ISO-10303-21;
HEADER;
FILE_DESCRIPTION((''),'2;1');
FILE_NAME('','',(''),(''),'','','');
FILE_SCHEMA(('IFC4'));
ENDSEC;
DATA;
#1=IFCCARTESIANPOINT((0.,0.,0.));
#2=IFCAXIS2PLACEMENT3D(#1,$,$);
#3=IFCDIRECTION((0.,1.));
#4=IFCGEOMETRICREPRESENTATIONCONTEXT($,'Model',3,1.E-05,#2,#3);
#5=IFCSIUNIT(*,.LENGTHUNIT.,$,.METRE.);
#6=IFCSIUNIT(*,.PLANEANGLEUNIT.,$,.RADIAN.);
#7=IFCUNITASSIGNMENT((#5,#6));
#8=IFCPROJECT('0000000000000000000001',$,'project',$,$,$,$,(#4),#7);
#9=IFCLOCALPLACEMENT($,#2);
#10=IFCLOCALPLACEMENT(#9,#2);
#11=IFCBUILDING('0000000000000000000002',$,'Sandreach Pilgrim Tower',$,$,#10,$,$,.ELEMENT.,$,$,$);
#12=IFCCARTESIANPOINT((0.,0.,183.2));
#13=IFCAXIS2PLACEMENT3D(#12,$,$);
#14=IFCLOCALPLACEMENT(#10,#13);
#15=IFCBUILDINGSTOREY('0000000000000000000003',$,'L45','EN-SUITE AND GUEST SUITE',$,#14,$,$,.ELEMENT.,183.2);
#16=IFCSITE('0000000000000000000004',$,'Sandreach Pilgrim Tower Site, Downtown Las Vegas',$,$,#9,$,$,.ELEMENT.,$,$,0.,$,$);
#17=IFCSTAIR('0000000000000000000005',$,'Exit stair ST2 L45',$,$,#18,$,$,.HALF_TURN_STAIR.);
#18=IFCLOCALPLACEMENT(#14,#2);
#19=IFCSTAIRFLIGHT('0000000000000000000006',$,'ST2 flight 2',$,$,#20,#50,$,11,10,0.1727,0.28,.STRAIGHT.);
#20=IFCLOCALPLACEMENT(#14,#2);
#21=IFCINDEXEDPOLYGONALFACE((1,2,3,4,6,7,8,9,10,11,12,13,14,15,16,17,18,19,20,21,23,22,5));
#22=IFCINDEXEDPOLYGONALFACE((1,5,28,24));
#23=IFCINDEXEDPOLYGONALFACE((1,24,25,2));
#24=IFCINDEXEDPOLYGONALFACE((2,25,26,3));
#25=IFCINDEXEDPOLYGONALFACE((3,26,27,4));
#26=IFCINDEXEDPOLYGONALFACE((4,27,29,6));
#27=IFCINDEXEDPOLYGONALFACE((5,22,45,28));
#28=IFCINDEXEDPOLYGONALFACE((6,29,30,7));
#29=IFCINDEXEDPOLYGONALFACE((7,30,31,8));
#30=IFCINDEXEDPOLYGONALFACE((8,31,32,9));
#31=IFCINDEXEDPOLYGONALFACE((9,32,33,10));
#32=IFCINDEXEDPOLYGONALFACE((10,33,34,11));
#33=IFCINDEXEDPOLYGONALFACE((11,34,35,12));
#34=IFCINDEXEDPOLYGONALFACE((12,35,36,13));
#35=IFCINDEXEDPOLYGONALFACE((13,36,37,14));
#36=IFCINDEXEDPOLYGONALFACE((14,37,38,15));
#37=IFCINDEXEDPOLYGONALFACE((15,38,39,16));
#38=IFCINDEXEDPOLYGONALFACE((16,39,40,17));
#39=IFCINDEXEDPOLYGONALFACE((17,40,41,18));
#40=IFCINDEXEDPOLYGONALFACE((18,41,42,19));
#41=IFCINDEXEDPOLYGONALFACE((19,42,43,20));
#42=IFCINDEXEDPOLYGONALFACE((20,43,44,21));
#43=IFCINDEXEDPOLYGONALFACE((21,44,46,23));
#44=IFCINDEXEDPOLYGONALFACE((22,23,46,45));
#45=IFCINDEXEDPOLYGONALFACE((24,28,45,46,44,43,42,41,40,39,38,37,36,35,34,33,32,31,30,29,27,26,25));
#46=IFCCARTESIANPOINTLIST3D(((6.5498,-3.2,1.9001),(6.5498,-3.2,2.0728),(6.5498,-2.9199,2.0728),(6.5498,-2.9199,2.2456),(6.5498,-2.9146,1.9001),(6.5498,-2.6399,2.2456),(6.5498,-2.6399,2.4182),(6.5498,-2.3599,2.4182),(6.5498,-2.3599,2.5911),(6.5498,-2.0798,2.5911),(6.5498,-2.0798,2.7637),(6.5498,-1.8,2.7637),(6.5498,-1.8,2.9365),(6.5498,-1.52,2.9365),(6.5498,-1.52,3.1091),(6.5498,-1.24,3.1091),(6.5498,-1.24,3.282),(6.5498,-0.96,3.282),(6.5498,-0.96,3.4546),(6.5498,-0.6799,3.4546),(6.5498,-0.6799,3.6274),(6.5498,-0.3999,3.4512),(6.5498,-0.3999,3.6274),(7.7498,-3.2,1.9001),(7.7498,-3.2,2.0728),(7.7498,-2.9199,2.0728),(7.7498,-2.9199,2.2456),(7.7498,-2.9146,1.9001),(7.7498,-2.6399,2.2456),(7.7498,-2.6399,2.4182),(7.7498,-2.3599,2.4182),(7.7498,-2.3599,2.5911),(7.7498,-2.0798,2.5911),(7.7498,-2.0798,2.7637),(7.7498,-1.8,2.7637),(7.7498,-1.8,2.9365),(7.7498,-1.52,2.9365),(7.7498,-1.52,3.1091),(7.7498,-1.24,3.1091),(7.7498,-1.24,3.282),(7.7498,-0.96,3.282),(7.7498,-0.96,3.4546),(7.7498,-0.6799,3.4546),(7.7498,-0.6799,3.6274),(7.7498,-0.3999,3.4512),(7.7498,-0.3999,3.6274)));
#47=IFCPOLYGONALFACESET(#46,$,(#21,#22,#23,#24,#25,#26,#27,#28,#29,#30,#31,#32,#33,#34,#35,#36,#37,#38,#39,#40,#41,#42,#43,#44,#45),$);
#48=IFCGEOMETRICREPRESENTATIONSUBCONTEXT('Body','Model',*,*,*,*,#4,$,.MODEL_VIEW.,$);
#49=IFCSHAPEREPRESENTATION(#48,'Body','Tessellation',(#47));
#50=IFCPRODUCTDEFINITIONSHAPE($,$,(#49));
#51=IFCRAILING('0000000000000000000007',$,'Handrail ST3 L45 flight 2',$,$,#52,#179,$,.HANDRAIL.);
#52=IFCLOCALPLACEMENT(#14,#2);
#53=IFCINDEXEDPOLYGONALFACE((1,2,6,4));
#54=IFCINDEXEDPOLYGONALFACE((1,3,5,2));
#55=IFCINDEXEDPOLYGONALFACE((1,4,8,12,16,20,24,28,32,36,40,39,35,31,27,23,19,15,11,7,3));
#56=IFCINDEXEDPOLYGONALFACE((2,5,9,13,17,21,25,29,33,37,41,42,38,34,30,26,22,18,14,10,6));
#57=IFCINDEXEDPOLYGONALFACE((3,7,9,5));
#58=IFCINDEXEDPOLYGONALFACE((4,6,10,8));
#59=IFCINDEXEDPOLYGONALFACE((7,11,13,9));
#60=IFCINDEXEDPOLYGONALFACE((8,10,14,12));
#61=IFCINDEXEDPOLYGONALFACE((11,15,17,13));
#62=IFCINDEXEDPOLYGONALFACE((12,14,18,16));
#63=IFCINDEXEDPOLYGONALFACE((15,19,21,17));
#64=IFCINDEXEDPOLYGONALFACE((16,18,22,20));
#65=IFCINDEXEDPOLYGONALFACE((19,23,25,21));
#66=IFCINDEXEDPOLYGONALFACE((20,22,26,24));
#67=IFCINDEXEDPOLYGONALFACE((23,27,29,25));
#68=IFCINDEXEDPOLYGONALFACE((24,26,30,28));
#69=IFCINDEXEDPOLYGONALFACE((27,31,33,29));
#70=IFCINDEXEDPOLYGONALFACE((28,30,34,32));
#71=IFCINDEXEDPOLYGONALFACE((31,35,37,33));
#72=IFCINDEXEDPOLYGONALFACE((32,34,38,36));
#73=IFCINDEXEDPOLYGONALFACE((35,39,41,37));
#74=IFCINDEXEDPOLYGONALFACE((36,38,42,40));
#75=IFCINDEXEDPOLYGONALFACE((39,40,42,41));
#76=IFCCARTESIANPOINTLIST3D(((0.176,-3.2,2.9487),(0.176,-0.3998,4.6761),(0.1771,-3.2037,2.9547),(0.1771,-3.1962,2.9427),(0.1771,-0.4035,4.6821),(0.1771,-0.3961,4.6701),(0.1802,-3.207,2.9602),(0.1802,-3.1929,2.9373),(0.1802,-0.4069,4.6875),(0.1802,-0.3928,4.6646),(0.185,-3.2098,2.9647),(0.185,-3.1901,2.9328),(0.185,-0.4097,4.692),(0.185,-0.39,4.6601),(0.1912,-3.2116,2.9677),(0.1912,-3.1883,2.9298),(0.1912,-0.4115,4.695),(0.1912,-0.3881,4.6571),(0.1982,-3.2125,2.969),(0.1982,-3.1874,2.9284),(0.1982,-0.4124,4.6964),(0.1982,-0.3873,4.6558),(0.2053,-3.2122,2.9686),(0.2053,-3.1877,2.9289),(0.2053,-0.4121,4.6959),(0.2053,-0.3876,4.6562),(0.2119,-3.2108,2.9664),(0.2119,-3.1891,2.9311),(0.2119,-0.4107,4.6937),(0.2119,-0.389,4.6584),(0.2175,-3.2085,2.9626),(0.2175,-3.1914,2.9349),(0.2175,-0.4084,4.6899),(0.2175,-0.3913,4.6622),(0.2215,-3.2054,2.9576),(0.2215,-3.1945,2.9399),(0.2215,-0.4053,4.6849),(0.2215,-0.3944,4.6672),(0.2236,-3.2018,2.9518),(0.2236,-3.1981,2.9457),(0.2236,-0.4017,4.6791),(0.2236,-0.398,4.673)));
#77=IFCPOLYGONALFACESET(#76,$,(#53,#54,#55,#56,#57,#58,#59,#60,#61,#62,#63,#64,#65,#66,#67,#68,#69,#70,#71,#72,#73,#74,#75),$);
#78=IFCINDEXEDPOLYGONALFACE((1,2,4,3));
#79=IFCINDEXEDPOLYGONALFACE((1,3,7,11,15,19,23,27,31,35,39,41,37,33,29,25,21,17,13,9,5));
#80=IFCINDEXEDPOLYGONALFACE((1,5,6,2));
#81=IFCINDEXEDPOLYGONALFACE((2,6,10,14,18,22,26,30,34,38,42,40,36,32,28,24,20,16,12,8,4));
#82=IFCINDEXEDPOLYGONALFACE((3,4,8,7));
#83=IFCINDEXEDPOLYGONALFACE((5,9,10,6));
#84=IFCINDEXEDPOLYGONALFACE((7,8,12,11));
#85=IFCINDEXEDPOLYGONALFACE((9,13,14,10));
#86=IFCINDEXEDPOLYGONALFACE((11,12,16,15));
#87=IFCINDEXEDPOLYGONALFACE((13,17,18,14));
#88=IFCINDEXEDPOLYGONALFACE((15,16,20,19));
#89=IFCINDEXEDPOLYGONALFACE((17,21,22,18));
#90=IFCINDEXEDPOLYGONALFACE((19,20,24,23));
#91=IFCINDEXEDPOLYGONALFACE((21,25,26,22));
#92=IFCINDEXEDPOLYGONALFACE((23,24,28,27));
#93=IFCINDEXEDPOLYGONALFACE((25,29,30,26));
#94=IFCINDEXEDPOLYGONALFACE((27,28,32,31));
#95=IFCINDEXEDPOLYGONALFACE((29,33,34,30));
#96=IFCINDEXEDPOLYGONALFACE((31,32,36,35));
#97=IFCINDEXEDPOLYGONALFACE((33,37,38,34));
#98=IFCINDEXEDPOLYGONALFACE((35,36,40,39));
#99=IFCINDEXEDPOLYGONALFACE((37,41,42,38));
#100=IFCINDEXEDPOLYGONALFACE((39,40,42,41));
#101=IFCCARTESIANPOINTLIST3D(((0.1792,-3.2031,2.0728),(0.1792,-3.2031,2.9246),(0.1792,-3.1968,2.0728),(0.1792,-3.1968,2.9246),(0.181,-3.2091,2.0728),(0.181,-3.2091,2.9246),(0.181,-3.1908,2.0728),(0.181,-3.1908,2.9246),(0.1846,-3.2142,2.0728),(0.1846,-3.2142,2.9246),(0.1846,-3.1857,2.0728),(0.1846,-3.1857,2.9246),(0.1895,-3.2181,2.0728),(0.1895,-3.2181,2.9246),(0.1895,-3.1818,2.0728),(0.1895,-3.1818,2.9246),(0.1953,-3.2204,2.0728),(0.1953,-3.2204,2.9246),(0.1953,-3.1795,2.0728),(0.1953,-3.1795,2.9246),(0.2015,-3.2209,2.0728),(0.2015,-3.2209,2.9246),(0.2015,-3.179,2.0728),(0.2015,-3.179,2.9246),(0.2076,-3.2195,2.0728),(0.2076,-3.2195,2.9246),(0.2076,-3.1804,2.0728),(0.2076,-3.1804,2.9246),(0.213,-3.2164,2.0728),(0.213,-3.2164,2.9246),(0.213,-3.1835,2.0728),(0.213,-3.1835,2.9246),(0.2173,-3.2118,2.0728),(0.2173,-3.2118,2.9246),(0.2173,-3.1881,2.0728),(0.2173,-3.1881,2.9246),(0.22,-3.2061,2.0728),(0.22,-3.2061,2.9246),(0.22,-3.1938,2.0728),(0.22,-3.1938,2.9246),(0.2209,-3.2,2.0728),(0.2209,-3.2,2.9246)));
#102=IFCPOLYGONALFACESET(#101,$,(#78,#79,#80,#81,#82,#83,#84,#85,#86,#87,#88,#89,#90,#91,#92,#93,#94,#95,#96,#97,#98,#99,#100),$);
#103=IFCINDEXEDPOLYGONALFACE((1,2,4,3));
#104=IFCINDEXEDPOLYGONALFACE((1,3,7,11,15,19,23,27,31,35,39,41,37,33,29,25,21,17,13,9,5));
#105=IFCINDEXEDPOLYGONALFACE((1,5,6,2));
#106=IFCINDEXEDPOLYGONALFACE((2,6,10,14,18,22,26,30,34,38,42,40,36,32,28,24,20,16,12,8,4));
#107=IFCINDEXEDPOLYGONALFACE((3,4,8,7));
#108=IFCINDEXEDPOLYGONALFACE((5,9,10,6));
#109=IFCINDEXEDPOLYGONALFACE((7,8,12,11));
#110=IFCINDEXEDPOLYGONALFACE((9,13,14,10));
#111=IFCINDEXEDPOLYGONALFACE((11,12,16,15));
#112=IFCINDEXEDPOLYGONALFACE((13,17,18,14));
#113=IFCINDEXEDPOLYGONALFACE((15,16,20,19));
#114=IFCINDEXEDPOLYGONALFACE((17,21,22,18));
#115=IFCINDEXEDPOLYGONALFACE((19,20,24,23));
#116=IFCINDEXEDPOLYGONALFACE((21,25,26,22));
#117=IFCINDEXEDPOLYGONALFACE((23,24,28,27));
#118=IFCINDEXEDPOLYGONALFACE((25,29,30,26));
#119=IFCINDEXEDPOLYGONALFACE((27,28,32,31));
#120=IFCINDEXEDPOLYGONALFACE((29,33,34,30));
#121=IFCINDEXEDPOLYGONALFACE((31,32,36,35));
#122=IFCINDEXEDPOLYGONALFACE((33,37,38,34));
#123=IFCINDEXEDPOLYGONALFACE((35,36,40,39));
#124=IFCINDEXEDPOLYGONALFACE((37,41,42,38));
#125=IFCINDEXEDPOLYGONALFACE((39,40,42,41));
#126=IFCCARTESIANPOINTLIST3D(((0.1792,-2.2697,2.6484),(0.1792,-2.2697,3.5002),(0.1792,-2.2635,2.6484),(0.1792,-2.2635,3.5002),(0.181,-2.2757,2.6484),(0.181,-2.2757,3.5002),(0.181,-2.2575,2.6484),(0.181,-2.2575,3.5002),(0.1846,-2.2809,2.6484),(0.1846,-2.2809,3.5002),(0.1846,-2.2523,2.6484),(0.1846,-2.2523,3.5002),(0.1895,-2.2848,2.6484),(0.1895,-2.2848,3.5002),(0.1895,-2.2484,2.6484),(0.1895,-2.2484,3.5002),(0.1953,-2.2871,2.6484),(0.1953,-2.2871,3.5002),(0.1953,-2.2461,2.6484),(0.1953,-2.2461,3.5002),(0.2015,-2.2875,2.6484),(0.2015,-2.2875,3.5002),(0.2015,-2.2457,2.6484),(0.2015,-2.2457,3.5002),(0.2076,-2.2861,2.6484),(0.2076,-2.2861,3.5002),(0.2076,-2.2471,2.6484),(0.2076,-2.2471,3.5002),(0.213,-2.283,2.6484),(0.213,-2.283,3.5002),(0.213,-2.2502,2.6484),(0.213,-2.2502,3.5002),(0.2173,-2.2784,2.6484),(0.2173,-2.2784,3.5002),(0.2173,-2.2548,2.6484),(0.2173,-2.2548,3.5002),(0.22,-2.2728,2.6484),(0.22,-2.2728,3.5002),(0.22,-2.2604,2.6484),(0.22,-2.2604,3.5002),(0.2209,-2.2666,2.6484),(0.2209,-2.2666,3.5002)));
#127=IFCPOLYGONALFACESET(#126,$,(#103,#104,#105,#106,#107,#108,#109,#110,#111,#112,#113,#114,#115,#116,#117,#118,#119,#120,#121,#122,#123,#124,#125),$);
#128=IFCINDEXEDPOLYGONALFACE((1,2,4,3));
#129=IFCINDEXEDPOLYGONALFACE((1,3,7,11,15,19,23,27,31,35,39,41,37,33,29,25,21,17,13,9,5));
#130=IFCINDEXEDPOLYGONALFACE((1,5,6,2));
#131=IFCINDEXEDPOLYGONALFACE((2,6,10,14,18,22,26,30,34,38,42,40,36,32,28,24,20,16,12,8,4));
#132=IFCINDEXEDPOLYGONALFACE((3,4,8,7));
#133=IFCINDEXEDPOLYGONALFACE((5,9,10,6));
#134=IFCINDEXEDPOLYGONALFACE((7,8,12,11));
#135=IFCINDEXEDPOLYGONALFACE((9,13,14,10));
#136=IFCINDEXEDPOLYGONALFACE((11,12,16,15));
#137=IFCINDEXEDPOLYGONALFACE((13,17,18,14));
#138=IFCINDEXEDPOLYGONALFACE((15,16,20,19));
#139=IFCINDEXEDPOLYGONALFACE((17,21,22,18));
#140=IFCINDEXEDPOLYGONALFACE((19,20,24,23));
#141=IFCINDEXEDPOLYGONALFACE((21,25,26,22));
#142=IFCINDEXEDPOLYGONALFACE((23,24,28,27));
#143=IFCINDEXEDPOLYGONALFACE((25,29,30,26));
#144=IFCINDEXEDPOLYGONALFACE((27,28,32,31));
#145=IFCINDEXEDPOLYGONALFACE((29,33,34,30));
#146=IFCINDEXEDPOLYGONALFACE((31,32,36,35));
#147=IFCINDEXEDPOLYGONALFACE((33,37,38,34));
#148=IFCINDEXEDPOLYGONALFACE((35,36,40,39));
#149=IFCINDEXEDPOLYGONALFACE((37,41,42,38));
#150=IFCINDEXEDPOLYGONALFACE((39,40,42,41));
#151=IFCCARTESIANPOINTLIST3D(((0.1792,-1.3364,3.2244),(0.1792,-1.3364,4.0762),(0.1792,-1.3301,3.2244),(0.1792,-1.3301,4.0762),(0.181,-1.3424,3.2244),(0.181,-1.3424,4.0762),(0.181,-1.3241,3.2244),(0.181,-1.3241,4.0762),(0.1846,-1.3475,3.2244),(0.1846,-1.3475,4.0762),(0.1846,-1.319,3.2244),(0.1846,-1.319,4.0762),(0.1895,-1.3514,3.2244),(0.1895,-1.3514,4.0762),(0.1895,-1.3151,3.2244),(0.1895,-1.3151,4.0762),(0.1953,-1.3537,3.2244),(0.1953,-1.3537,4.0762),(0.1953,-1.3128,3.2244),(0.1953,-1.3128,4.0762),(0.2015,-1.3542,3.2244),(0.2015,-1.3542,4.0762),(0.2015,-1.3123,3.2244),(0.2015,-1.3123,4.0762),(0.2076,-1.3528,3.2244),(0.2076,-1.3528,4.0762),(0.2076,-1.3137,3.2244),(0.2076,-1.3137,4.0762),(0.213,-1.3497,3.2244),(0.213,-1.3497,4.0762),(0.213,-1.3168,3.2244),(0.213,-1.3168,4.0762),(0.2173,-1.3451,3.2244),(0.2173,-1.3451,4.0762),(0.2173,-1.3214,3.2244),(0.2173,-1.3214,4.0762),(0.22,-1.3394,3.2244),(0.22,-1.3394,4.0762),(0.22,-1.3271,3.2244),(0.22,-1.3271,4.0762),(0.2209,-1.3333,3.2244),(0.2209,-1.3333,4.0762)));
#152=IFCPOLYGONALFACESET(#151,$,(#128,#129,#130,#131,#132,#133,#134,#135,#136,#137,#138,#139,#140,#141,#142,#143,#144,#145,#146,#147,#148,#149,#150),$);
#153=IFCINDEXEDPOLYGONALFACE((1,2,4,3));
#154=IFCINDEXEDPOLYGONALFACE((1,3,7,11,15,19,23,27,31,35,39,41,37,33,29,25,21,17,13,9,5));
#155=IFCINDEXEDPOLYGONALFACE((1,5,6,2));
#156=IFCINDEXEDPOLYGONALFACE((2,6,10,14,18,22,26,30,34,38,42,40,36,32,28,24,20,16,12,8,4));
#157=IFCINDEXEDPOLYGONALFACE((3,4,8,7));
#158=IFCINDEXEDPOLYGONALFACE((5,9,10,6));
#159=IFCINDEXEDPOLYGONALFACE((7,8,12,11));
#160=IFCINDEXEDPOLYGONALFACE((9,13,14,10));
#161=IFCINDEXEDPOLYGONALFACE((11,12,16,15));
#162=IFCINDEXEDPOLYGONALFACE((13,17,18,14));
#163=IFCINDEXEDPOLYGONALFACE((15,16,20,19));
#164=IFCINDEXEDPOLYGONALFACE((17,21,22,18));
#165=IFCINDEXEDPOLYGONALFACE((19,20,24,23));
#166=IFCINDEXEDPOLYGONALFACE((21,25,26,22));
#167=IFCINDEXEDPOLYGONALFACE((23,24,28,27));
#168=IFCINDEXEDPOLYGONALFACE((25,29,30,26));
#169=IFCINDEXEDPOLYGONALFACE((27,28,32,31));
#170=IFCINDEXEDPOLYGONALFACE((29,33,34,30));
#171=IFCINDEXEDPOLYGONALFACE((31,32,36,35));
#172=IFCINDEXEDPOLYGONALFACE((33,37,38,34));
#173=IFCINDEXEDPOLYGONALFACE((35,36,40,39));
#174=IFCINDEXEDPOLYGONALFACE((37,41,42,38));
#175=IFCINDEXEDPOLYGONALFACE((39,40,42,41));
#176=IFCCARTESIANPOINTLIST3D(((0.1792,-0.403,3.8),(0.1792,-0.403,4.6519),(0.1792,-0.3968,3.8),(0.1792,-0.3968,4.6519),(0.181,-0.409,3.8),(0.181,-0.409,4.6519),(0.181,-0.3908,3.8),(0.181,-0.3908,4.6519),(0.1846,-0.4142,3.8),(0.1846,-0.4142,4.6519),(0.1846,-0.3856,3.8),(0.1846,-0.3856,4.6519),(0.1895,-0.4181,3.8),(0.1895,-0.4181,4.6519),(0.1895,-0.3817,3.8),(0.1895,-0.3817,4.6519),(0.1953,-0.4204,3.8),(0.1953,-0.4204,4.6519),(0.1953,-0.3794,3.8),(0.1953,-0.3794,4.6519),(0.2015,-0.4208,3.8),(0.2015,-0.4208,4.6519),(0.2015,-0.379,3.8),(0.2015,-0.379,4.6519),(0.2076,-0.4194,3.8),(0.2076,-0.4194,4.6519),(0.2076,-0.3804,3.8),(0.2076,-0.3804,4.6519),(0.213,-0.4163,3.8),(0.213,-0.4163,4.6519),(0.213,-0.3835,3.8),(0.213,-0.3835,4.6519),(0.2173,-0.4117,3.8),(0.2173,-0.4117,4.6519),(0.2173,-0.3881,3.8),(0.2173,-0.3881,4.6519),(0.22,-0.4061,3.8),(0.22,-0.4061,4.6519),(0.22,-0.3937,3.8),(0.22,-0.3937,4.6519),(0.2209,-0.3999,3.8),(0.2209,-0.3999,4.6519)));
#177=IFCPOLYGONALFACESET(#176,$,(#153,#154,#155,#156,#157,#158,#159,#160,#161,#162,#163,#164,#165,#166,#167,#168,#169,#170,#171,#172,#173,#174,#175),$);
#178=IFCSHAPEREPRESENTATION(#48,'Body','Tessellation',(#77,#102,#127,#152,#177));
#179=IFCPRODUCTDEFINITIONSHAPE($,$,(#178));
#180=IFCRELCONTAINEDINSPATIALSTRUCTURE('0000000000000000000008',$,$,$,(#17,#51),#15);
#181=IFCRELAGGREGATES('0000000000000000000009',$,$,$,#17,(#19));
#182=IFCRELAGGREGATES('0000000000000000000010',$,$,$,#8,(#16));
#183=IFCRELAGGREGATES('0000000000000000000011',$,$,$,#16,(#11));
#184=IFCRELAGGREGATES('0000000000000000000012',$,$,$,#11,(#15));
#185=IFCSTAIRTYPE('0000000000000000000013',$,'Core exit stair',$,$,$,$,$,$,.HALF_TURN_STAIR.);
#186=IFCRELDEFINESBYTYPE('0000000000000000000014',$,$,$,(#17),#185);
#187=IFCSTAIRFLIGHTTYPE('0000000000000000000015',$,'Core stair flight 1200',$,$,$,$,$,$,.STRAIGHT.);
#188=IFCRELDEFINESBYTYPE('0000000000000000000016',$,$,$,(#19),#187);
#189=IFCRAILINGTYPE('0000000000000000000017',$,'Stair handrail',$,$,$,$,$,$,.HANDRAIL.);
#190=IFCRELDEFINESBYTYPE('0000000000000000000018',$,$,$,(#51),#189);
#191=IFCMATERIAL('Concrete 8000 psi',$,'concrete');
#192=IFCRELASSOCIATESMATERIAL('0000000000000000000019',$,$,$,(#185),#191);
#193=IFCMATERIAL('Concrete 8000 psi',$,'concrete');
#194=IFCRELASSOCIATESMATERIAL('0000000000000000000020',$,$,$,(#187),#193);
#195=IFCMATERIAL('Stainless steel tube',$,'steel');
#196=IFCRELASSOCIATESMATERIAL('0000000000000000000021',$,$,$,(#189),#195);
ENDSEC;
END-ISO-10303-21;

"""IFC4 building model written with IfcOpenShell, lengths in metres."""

from ifc_helpers import new_model, si_unit, direction, frame, origin, origin_2d, place, context, subcontext, project, spatial, polyline, circle, outline, extrude, material, type_object, element, aggregate, save


model = new_model("IFC4")

# Units and contexts
model_context = context("Model", 3, precision=1e-05, world=origin(), true_north=direction((0.0, 1.0)))
body_context = subcontext(model_context, "Body", "Model", "MODEL_VIEW")
ifc_project = project(units=[si_unit("LENGTHUNIT", "METRE"), si_unit("PLANEANGLEUNIT", "RADIAN")], contexts=[model_context])

# Site, building, storey
site_placement = place(None, origin())
site = spatial("IfcSite", under=ifc_project, at=site_placement, Name="Sandreach Pilgrim Tower Site, Downtown Las Vegas", CompositionType="ELEMENT", RefElevation=0.0)
building_placement = place(site_placement, origin())
building = spatial("IfcBuilding", under=site, at=building_placement, Name="Sandreach Pilgrim Tower", CompositionType="ELEMENT")
storey_placement = place(building_placement, frame((0.0, 0.0, 183.2)))
storey = spatial("IfcBuildingStorey", under=building, at=storey_placement, Name="L45", Description="EN-SUITE AND GUEST SUITE", CompositionType="ELEMENT", Elevation=183.2)

# Shared definitions
ifc_material_1 = material(Name="Concrete 8000 psi", Category="concrete")
stair_type = type_object("IfcStairType", Name="Core exit stair", PredefinedType="HALF_TURN_STAIR", material=ifc_material_1)
ifc_material_2 = material(Name="Concrete 8000 psi", Category="concrete")
stair_flight_type = type_object("IfcStairFlightType", Name="Core stair flight 1200", PredefinedType="STRAIGHT", material=ifc_material_2)

# Stair, stair flight
stair_1_placement = place(storey_placement, origin())
stair_1 = element("IfcStair", 1, at=stair_1_placement, inside=storey, type_object=stair_type, Name="Exit stair ST2 L45", PredefinedType="HALF_TURN_STAIR")
stair_flight_1_placement = place(storey_placement, frame((7.1499, -3.2, 1.9001), z_axis=(0.0, 0.0, 1.0), x_axis=(0.0, 1.0, 0.0)))
stair_flight_1 = element("IfcStairFlight", 2, at=stair_flight_1_placement, type_object=stair_flight_type, Name="ST2 flight 2", NumberOfRisers=11, NumberOfTreads=10, PredefinedType="STRAIGHT", RiserHeight=0.1727, TreadLength=0.28, context=body_context, shape_type="SweptSolid", body=[
    extrude(outline(polyline([(0.0, 0.0), (0.0, 0.1726), (0.28, 0.1726), (0.28, 0.3455), (0.5601, 0.3455), (0.5601, 0.5181), (0.8401, 0.5181), (0.8401, 0.6909), (1.1201, 0.6909), (1.1201, 0.8635), (1.3999, 0.8635), (1.3999, 1.0364), (1.6799, 1.0364), (1.6799, 1.209), (1.96, 1.209), (1.96, 1.3818), (2.24, 1.3818), (2.24, 1.5544), (2.52, 1.5544), (2.52, 1.7273), (2.8, 1.7273), (2.8, 1.8999), (2.8, 1.551), (0.2854, 0.0), (0.0, 0.0)])), frame((0.0, 0.6001, 0.0), z_axis=(0.0, -1.0, 0.0), x_axis=(1.0, 0.0, 0.0)), (0.0, 0.0, 1.0), 1.2),
])
aggregate(stair_1, [stair_flight_1])

# Railing
ifc_material_3 = material(Name="Stainless steel tube", Category="steel")
railing_type = type_object("IfcRailingType", Name="Stair handrail", PredefinedType="HANDRAIL", material=ifc_material_3)
for number, where, name in (
    (3, (0.2, -3.2, 2.0728), "Handrail ST3 L45 flight 2"),
):
    element("IfcRailing", number, at=place(storey_placement, frame(where)), inside=storey, type_object=railing_type, Name=name, PredefinedType="HANDRAIL", context=body_context, shape_type="SweptSolid", body=[
        extrude(circle(Radius=0.0239, at=origin_2d()), frame((0.0, 0.0, 0.876), z_axis=(0.0, 0.85109, 0.52502), x_axis=(-1.0, 0.0, 0.0)), (0.0, 0.0, 1.0), 3.29),
        extrude(circle(Radius=0.021, at=origin_2d()), origin(), (0.0, 0.0, 1.0), 0.8518),
        extrude(circle(Radius=0.021, at=origin_2d()), frame((0.0, 0.9333, 0.5757)), (0.0, 0.0, 1.0), 0.8518),
        extrude(circle(Radius=0.021, at=origin_2d()), frame((0.0, 1.8667, 1.1516)), (0.0, 0.0, 1.0), 0.8518),
        extrude(circle(Radius=0.021, at=origin_2d()), frame((0.0, 2.8, 1.7273)), (0.0, 0.0, 1.0), 0.8518),
    ])

save(model, "model.ifc")
